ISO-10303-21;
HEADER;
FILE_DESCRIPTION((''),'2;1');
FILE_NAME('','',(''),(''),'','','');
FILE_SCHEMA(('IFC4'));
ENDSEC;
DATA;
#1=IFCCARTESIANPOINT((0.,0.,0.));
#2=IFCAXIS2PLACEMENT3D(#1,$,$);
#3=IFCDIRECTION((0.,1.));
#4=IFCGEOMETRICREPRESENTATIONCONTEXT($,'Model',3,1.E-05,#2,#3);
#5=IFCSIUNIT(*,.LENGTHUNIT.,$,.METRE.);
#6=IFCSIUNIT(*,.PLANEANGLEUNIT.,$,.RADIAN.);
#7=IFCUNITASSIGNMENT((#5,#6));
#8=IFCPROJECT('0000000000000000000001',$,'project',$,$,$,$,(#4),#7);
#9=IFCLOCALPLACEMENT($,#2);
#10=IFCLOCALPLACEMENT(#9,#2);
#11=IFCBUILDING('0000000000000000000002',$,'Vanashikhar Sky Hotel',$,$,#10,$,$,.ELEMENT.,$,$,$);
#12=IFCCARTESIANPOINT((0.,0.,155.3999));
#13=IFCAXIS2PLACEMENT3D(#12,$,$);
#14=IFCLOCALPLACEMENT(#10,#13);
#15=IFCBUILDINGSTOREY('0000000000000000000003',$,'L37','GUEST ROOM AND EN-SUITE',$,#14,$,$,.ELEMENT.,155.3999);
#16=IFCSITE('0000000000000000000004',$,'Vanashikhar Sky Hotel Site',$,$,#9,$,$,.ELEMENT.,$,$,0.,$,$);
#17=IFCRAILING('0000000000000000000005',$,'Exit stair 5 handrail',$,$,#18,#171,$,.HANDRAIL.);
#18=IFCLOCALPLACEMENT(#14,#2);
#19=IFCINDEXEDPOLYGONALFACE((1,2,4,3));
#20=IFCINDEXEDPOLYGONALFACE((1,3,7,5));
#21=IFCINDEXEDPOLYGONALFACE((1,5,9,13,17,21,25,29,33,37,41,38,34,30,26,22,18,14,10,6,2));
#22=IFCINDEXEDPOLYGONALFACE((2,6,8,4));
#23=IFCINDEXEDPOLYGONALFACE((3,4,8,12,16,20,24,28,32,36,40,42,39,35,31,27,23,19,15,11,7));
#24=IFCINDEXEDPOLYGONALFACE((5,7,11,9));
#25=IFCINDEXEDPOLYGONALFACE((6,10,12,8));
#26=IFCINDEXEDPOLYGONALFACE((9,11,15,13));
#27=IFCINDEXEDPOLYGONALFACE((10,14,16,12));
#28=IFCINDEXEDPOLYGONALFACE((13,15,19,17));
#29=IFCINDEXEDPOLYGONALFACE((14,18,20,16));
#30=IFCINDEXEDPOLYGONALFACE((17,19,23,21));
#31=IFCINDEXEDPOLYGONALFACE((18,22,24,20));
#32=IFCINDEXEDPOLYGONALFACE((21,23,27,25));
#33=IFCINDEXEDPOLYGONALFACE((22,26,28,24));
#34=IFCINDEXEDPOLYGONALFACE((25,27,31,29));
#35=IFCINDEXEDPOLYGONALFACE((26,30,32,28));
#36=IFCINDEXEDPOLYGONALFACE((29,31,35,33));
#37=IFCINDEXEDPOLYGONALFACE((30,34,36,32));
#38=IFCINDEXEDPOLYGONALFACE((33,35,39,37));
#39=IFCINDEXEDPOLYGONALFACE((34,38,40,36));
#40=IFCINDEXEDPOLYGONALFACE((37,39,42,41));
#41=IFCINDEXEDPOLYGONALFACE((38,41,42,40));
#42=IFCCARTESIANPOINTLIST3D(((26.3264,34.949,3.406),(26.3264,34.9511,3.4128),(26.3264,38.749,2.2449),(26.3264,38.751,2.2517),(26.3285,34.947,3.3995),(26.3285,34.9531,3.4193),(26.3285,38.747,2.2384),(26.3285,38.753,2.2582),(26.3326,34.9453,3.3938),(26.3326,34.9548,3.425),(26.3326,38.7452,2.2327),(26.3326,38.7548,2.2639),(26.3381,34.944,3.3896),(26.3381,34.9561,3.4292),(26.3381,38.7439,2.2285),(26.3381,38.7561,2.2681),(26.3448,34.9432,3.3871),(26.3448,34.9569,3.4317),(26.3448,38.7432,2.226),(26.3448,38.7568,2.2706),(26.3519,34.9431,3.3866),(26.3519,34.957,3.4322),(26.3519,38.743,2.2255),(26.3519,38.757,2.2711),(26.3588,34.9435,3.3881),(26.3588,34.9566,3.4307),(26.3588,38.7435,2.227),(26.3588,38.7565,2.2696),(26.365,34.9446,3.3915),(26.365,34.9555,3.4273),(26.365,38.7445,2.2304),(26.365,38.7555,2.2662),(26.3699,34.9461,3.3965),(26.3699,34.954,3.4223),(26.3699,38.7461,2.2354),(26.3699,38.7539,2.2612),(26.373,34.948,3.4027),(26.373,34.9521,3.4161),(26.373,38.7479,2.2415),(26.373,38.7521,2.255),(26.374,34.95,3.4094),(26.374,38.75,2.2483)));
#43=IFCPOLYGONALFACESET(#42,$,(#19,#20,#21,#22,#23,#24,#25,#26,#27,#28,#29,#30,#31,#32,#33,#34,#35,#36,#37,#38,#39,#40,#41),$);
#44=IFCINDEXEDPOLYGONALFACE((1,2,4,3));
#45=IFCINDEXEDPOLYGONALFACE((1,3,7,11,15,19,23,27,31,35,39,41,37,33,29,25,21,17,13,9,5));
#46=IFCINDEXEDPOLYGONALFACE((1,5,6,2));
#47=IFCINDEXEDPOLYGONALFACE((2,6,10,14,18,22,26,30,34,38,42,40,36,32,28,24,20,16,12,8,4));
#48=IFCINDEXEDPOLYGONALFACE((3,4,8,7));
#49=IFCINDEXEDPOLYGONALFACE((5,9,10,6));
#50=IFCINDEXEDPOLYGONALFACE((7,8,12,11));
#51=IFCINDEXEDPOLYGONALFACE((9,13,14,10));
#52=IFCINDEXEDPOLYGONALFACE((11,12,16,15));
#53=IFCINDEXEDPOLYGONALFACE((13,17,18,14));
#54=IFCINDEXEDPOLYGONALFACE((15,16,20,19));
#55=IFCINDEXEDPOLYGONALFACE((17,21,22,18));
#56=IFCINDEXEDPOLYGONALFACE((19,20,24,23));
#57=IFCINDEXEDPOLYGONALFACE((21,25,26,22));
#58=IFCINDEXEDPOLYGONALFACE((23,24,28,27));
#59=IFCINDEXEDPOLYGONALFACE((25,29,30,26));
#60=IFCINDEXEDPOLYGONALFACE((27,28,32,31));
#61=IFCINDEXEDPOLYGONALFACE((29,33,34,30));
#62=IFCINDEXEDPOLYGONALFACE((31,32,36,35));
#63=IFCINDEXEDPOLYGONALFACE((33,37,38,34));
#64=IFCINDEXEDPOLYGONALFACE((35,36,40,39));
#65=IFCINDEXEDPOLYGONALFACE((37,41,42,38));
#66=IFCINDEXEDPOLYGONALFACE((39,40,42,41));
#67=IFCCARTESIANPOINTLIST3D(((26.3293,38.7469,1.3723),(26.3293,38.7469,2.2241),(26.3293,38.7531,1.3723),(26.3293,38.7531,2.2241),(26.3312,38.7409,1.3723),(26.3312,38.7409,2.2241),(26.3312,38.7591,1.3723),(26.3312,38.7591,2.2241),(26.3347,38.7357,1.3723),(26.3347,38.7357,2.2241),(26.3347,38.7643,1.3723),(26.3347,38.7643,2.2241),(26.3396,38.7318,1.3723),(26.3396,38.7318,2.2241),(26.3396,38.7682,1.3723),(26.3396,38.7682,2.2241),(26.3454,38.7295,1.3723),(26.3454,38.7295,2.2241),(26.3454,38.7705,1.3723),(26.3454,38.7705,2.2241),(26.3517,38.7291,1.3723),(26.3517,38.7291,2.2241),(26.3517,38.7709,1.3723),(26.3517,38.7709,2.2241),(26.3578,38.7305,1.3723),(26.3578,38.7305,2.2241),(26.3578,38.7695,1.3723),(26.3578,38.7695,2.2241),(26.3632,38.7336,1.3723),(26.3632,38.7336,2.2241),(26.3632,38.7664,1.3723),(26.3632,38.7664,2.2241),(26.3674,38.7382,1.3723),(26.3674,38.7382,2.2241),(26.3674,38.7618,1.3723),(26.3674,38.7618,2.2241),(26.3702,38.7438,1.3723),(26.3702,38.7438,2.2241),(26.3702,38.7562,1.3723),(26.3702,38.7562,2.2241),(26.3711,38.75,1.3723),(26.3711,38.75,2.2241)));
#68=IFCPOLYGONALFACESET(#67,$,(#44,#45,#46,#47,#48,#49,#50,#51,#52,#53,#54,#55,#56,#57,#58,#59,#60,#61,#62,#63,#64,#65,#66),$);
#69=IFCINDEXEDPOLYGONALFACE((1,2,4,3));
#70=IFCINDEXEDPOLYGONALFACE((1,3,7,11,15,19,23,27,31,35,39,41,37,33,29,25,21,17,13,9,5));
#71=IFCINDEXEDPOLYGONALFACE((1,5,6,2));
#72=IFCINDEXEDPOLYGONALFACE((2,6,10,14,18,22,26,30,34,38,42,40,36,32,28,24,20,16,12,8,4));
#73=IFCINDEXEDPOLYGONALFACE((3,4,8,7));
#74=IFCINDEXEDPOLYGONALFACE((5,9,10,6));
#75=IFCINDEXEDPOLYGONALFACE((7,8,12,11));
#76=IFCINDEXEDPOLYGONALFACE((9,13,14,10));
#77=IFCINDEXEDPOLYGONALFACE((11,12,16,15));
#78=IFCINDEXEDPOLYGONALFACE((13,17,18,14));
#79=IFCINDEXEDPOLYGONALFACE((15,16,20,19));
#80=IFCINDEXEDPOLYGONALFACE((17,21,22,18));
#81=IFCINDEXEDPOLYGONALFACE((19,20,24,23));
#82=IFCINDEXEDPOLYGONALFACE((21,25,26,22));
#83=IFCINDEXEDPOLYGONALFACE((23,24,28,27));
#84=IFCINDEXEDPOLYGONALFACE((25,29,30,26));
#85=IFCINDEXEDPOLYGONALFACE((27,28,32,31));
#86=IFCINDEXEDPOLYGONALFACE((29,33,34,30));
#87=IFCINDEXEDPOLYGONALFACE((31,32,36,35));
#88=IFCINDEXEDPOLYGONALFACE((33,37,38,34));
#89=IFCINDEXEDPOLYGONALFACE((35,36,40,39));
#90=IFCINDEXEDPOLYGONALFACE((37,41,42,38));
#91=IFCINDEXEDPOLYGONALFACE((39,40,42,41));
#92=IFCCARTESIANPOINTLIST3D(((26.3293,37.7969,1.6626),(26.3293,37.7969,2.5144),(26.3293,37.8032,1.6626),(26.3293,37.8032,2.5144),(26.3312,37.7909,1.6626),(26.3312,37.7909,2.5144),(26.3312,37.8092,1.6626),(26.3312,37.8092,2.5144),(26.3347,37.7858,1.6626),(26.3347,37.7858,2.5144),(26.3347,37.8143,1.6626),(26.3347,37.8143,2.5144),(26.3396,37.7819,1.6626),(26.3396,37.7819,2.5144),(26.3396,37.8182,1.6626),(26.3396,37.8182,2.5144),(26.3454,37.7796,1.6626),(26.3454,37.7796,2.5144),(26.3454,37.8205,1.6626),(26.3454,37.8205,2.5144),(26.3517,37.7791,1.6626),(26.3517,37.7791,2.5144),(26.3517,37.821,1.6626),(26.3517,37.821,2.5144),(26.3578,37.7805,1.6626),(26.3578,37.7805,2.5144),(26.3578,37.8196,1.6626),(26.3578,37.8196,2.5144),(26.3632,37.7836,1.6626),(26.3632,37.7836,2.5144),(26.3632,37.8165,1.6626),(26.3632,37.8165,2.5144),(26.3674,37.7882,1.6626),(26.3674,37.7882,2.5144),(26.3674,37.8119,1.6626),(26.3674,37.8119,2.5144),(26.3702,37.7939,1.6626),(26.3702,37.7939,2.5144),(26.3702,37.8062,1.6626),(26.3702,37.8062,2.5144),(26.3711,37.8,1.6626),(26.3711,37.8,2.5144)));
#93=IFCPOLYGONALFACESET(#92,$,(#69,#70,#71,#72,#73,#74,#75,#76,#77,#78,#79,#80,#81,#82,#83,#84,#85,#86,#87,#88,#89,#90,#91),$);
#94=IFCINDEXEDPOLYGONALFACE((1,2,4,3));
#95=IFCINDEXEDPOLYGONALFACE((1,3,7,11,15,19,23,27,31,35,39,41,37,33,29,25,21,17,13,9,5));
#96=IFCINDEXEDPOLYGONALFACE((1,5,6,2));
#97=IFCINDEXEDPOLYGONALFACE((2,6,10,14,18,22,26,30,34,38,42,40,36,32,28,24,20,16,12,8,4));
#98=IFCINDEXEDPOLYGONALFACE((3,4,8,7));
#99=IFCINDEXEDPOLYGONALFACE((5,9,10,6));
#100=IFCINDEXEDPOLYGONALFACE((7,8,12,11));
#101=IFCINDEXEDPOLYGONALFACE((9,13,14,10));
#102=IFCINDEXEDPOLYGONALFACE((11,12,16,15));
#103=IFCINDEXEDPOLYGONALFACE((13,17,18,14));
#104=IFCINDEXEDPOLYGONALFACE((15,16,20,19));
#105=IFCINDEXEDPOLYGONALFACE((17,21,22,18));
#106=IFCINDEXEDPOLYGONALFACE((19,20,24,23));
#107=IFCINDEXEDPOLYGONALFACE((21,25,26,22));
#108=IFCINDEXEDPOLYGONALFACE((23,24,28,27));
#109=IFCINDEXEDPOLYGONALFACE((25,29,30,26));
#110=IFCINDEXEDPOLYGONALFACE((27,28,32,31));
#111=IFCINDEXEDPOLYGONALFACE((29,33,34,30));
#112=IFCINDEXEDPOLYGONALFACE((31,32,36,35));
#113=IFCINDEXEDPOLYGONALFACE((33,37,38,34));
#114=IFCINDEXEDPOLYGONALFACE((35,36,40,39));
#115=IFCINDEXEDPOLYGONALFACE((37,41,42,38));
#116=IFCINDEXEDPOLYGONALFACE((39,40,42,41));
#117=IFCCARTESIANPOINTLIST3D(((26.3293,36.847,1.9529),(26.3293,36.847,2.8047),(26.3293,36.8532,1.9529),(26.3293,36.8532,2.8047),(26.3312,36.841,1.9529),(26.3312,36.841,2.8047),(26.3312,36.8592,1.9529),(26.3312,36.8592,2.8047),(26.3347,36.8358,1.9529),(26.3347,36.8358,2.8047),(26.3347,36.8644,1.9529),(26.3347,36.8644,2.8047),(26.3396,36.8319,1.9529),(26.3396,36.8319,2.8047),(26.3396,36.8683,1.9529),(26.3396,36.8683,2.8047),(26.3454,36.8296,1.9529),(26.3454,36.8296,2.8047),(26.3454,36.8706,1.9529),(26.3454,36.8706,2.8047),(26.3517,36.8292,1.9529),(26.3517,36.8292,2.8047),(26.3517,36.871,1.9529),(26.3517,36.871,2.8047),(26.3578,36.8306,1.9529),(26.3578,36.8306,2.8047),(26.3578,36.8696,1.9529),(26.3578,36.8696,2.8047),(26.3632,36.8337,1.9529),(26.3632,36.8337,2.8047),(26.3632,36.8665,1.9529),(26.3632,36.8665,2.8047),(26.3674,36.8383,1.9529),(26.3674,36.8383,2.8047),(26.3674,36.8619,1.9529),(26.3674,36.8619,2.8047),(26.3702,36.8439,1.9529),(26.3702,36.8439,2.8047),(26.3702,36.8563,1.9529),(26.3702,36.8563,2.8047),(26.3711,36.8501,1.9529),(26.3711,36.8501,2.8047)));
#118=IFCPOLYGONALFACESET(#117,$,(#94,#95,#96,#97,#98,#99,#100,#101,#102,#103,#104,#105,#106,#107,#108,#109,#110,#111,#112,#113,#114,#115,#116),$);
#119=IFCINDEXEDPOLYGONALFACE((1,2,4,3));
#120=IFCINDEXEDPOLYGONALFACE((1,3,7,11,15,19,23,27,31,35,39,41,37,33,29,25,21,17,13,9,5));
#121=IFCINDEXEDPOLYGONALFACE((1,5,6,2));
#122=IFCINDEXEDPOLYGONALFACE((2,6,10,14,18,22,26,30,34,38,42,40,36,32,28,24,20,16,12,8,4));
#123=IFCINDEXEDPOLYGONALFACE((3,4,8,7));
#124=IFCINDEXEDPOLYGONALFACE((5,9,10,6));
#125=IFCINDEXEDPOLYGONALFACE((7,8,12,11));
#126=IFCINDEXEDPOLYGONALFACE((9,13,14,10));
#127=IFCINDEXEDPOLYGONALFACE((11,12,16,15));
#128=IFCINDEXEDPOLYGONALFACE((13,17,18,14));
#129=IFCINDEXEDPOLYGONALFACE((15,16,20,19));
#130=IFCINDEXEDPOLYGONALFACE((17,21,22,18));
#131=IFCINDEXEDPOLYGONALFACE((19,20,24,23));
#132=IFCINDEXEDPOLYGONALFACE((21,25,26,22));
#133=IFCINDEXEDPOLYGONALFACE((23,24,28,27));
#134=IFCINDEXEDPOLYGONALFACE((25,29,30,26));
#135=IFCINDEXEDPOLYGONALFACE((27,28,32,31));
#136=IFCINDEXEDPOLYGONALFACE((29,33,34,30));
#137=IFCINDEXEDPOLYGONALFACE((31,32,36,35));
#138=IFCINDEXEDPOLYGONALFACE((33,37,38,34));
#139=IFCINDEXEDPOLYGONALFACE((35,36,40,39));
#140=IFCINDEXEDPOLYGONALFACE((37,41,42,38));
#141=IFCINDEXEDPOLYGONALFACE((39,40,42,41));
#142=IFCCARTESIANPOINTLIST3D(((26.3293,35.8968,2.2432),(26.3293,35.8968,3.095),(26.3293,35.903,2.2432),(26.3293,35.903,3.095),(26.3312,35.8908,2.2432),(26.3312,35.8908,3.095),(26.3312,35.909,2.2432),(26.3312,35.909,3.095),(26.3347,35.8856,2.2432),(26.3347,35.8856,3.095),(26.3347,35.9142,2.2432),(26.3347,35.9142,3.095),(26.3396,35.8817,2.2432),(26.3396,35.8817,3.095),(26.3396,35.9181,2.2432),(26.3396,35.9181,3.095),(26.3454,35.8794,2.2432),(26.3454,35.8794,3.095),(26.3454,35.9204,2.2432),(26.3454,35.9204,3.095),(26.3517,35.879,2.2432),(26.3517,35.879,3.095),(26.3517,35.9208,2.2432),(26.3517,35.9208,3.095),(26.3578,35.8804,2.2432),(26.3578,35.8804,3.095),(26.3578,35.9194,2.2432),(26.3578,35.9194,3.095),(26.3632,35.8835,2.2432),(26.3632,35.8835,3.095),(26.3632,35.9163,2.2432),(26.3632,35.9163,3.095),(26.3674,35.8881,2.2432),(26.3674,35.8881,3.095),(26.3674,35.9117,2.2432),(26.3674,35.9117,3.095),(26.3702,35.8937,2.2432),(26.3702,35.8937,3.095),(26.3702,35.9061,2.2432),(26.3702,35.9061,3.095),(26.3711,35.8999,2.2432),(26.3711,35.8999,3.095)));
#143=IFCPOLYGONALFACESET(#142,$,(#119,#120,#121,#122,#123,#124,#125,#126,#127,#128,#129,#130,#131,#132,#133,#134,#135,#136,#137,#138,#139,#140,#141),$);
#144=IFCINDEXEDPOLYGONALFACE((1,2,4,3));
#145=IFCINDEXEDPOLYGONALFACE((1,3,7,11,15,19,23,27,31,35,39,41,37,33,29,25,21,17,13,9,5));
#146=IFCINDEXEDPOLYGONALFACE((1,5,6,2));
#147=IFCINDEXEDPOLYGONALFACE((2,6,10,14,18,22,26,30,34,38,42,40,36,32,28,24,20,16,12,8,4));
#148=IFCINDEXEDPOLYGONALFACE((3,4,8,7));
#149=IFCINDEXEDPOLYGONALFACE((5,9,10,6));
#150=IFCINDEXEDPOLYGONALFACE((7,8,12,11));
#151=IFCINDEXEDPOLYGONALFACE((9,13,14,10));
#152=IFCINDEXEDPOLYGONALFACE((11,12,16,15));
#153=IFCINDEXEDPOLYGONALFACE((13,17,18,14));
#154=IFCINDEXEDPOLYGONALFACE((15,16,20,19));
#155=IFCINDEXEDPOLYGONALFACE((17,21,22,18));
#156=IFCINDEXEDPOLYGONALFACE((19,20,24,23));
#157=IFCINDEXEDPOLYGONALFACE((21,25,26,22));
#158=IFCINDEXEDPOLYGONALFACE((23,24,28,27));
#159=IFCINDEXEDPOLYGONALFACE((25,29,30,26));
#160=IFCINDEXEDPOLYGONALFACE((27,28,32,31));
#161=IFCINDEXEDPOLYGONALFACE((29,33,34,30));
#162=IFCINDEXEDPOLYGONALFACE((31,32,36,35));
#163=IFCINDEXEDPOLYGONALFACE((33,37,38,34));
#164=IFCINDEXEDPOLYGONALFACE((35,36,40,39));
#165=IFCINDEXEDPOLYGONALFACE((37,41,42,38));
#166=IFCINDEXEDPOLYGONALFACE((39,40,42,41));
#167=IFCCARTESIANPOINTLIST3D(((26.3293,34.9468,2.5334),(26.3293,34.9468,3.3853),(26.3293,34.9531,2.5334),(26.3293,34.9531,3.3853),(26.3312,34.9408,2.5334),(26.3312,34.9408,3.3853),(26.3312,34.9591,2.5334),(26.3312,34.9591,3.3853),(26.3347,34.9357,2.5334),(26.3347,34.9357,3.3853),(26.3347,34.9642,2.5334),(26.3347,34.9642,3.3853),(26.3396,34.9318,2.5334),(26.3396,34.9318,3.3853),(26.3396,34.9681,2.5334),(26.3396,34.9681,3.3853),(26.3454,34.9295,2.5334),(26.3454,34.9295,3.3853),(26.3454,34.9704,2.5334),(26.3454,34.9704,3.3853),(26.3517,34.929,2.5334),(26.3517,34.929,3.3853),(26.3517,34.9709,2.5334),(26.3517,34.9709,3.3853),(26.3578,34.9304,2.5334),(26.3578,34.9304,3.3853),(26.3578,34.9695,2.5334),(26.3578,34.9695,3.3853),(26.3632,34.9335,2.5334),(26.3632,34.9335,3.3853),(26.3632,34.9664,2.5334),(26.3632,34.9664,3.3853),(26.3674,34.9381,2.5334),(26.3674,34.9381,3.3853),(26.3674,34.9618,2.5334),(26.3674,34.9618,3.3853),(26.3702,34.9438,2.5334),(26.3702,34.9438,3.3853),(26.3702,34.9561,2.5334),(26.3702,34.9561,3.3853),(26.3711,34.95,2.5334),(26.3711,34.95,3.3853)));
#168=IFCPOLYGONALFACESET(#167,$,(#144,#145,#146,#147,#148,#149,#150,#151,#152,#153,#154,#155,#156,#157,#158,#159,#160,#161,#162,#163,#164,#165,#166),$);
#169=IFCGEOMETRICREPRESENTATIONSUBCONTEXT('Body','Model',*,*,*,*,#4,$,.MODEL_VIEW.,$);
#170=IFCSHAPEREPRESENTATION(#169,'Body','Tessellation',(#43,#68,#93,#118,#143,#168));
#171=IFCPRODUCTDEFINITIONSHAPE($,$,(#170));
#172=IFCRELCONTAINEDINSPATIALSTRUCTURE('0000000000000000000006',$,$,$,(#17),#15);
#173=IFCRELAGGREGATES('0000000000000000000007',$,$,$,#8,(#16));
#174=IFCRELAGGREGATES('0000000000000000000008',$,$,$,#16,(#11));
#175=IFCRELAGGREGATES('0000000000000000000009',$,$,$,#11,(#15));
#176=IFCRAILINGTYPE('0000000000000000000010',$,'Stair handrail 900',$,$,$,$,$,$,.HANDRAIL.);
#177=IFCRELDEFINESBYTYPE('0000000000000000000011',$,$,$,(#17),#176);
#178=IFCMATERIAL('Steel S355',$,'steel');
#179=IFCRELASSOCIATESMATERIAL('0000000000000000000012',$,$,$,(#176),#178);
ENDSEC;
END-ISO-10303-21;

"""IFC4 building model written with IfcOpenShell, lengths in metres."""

from ifc_helpers import new_model, si_unit, direction, frame, origin, origin_2d, place, context, subcontext, project, spatial, circle, extrude, source, transform, mapped, material, type_object, element, save


model = new_model("IFC4")

# Units and contexts
model_context = context("Model", 3, precision=1e-05, world=origin(), true_north=direction((0.0, 1.0)))
body_context = subcontext(model_context, "Body", "Model", "MODEL_VIEW")
ifc_project = project(units=[si_unit("LENGTHUNIT", "METRE"), si_unit("PLANEANGLEUNIT", "RADIAN")], contexts=[model_context])

# Site, building, storey
site_placement = place(None, origin())
site = spatial("IfcSite", under=ifc_project, at=site_placement, Name="Vanashikhar Sky Hotel Site", CompositionType="ELEMENT", RefElevation=0.0)
building_placement = place(site_placement, origin())
building = spatial("IfcBuilding", under=site, at=building_placement, Name="Vanashikhar Sky Hotel", CompositionType="ELEMENT")
storey_placement = place(building_placement, frame((0.0, 0.0, 155.3999)))
storey = spatial("IfcBuildingStorey", under=building, at=storey_placement, Name="L37", Description="GUEST ROOM AND EN-SUITE", CompositionType="ELEMENT", Elevation=155.3999)

# Railing
ifc_material_1 = material(Name="Steel S355", Category="steel")
railing_type_1 = type_object("IfcRailingType", Name="Stair handrail 900", PredefinedType="HANDRAIL", material=ifc_material_1)
shared_shape_1 = source(origin(), body_context, "Body", "SweptSolid", [
    extrude(circle(Radius=0.0239, at=origin_2d()), frame((0.0, 0.0, 0.876), z_axis=(0.0, -0.956351, 0.29222), x_axis=(1.0, 0.0, 0.0)), (0.0, 0.0, 1.0), 3.9734),
    extrude(circle(Radius=0.021, at=origin_2d()), origin(), (0.0, 0.0, 1.0), 0.8518),
    extrude(circle(Radius=0.021, at=origin_2d()), frame((0.0, -0.95, 0.2903)), (0.0, 0.0, 1.0), 0.8518),
    extrude(circle(Radius=0.021, at=origin_2d()), frame((0.0, -1.8999, 0.5806)), (0.0, 0.0, 1.0), 0.8518),
    extrude(circle(Radius=0.021, at=origin_2d()), frame((0.0, -2.8501, 0.8708)), (0.0, 0.0, 1.0), 0.8518),
    extrude(circle(Radius=0.021, at=origin_2d()), frame((0.0, -3.8, 1.1611)), (0.0, 0.0, 1.0), 0.8518),
])
railing_1_placement = place(storey_placement, frame((26.3501, 38.75, 1.3723)))
element("IfcRailing", 1, at=railing_1_placement, inside=storey, type_object=railing_type_1, Name="Exit stair 5 handrail", PredefinedType="HANDRAIL", context=body_context, shape_type="MappedRepresentation", body=[
    mapped(shared_shape_1, transform((0.0, 0.0, 0.0), scale=1.0)),
])

save(model, "model.ifc")
